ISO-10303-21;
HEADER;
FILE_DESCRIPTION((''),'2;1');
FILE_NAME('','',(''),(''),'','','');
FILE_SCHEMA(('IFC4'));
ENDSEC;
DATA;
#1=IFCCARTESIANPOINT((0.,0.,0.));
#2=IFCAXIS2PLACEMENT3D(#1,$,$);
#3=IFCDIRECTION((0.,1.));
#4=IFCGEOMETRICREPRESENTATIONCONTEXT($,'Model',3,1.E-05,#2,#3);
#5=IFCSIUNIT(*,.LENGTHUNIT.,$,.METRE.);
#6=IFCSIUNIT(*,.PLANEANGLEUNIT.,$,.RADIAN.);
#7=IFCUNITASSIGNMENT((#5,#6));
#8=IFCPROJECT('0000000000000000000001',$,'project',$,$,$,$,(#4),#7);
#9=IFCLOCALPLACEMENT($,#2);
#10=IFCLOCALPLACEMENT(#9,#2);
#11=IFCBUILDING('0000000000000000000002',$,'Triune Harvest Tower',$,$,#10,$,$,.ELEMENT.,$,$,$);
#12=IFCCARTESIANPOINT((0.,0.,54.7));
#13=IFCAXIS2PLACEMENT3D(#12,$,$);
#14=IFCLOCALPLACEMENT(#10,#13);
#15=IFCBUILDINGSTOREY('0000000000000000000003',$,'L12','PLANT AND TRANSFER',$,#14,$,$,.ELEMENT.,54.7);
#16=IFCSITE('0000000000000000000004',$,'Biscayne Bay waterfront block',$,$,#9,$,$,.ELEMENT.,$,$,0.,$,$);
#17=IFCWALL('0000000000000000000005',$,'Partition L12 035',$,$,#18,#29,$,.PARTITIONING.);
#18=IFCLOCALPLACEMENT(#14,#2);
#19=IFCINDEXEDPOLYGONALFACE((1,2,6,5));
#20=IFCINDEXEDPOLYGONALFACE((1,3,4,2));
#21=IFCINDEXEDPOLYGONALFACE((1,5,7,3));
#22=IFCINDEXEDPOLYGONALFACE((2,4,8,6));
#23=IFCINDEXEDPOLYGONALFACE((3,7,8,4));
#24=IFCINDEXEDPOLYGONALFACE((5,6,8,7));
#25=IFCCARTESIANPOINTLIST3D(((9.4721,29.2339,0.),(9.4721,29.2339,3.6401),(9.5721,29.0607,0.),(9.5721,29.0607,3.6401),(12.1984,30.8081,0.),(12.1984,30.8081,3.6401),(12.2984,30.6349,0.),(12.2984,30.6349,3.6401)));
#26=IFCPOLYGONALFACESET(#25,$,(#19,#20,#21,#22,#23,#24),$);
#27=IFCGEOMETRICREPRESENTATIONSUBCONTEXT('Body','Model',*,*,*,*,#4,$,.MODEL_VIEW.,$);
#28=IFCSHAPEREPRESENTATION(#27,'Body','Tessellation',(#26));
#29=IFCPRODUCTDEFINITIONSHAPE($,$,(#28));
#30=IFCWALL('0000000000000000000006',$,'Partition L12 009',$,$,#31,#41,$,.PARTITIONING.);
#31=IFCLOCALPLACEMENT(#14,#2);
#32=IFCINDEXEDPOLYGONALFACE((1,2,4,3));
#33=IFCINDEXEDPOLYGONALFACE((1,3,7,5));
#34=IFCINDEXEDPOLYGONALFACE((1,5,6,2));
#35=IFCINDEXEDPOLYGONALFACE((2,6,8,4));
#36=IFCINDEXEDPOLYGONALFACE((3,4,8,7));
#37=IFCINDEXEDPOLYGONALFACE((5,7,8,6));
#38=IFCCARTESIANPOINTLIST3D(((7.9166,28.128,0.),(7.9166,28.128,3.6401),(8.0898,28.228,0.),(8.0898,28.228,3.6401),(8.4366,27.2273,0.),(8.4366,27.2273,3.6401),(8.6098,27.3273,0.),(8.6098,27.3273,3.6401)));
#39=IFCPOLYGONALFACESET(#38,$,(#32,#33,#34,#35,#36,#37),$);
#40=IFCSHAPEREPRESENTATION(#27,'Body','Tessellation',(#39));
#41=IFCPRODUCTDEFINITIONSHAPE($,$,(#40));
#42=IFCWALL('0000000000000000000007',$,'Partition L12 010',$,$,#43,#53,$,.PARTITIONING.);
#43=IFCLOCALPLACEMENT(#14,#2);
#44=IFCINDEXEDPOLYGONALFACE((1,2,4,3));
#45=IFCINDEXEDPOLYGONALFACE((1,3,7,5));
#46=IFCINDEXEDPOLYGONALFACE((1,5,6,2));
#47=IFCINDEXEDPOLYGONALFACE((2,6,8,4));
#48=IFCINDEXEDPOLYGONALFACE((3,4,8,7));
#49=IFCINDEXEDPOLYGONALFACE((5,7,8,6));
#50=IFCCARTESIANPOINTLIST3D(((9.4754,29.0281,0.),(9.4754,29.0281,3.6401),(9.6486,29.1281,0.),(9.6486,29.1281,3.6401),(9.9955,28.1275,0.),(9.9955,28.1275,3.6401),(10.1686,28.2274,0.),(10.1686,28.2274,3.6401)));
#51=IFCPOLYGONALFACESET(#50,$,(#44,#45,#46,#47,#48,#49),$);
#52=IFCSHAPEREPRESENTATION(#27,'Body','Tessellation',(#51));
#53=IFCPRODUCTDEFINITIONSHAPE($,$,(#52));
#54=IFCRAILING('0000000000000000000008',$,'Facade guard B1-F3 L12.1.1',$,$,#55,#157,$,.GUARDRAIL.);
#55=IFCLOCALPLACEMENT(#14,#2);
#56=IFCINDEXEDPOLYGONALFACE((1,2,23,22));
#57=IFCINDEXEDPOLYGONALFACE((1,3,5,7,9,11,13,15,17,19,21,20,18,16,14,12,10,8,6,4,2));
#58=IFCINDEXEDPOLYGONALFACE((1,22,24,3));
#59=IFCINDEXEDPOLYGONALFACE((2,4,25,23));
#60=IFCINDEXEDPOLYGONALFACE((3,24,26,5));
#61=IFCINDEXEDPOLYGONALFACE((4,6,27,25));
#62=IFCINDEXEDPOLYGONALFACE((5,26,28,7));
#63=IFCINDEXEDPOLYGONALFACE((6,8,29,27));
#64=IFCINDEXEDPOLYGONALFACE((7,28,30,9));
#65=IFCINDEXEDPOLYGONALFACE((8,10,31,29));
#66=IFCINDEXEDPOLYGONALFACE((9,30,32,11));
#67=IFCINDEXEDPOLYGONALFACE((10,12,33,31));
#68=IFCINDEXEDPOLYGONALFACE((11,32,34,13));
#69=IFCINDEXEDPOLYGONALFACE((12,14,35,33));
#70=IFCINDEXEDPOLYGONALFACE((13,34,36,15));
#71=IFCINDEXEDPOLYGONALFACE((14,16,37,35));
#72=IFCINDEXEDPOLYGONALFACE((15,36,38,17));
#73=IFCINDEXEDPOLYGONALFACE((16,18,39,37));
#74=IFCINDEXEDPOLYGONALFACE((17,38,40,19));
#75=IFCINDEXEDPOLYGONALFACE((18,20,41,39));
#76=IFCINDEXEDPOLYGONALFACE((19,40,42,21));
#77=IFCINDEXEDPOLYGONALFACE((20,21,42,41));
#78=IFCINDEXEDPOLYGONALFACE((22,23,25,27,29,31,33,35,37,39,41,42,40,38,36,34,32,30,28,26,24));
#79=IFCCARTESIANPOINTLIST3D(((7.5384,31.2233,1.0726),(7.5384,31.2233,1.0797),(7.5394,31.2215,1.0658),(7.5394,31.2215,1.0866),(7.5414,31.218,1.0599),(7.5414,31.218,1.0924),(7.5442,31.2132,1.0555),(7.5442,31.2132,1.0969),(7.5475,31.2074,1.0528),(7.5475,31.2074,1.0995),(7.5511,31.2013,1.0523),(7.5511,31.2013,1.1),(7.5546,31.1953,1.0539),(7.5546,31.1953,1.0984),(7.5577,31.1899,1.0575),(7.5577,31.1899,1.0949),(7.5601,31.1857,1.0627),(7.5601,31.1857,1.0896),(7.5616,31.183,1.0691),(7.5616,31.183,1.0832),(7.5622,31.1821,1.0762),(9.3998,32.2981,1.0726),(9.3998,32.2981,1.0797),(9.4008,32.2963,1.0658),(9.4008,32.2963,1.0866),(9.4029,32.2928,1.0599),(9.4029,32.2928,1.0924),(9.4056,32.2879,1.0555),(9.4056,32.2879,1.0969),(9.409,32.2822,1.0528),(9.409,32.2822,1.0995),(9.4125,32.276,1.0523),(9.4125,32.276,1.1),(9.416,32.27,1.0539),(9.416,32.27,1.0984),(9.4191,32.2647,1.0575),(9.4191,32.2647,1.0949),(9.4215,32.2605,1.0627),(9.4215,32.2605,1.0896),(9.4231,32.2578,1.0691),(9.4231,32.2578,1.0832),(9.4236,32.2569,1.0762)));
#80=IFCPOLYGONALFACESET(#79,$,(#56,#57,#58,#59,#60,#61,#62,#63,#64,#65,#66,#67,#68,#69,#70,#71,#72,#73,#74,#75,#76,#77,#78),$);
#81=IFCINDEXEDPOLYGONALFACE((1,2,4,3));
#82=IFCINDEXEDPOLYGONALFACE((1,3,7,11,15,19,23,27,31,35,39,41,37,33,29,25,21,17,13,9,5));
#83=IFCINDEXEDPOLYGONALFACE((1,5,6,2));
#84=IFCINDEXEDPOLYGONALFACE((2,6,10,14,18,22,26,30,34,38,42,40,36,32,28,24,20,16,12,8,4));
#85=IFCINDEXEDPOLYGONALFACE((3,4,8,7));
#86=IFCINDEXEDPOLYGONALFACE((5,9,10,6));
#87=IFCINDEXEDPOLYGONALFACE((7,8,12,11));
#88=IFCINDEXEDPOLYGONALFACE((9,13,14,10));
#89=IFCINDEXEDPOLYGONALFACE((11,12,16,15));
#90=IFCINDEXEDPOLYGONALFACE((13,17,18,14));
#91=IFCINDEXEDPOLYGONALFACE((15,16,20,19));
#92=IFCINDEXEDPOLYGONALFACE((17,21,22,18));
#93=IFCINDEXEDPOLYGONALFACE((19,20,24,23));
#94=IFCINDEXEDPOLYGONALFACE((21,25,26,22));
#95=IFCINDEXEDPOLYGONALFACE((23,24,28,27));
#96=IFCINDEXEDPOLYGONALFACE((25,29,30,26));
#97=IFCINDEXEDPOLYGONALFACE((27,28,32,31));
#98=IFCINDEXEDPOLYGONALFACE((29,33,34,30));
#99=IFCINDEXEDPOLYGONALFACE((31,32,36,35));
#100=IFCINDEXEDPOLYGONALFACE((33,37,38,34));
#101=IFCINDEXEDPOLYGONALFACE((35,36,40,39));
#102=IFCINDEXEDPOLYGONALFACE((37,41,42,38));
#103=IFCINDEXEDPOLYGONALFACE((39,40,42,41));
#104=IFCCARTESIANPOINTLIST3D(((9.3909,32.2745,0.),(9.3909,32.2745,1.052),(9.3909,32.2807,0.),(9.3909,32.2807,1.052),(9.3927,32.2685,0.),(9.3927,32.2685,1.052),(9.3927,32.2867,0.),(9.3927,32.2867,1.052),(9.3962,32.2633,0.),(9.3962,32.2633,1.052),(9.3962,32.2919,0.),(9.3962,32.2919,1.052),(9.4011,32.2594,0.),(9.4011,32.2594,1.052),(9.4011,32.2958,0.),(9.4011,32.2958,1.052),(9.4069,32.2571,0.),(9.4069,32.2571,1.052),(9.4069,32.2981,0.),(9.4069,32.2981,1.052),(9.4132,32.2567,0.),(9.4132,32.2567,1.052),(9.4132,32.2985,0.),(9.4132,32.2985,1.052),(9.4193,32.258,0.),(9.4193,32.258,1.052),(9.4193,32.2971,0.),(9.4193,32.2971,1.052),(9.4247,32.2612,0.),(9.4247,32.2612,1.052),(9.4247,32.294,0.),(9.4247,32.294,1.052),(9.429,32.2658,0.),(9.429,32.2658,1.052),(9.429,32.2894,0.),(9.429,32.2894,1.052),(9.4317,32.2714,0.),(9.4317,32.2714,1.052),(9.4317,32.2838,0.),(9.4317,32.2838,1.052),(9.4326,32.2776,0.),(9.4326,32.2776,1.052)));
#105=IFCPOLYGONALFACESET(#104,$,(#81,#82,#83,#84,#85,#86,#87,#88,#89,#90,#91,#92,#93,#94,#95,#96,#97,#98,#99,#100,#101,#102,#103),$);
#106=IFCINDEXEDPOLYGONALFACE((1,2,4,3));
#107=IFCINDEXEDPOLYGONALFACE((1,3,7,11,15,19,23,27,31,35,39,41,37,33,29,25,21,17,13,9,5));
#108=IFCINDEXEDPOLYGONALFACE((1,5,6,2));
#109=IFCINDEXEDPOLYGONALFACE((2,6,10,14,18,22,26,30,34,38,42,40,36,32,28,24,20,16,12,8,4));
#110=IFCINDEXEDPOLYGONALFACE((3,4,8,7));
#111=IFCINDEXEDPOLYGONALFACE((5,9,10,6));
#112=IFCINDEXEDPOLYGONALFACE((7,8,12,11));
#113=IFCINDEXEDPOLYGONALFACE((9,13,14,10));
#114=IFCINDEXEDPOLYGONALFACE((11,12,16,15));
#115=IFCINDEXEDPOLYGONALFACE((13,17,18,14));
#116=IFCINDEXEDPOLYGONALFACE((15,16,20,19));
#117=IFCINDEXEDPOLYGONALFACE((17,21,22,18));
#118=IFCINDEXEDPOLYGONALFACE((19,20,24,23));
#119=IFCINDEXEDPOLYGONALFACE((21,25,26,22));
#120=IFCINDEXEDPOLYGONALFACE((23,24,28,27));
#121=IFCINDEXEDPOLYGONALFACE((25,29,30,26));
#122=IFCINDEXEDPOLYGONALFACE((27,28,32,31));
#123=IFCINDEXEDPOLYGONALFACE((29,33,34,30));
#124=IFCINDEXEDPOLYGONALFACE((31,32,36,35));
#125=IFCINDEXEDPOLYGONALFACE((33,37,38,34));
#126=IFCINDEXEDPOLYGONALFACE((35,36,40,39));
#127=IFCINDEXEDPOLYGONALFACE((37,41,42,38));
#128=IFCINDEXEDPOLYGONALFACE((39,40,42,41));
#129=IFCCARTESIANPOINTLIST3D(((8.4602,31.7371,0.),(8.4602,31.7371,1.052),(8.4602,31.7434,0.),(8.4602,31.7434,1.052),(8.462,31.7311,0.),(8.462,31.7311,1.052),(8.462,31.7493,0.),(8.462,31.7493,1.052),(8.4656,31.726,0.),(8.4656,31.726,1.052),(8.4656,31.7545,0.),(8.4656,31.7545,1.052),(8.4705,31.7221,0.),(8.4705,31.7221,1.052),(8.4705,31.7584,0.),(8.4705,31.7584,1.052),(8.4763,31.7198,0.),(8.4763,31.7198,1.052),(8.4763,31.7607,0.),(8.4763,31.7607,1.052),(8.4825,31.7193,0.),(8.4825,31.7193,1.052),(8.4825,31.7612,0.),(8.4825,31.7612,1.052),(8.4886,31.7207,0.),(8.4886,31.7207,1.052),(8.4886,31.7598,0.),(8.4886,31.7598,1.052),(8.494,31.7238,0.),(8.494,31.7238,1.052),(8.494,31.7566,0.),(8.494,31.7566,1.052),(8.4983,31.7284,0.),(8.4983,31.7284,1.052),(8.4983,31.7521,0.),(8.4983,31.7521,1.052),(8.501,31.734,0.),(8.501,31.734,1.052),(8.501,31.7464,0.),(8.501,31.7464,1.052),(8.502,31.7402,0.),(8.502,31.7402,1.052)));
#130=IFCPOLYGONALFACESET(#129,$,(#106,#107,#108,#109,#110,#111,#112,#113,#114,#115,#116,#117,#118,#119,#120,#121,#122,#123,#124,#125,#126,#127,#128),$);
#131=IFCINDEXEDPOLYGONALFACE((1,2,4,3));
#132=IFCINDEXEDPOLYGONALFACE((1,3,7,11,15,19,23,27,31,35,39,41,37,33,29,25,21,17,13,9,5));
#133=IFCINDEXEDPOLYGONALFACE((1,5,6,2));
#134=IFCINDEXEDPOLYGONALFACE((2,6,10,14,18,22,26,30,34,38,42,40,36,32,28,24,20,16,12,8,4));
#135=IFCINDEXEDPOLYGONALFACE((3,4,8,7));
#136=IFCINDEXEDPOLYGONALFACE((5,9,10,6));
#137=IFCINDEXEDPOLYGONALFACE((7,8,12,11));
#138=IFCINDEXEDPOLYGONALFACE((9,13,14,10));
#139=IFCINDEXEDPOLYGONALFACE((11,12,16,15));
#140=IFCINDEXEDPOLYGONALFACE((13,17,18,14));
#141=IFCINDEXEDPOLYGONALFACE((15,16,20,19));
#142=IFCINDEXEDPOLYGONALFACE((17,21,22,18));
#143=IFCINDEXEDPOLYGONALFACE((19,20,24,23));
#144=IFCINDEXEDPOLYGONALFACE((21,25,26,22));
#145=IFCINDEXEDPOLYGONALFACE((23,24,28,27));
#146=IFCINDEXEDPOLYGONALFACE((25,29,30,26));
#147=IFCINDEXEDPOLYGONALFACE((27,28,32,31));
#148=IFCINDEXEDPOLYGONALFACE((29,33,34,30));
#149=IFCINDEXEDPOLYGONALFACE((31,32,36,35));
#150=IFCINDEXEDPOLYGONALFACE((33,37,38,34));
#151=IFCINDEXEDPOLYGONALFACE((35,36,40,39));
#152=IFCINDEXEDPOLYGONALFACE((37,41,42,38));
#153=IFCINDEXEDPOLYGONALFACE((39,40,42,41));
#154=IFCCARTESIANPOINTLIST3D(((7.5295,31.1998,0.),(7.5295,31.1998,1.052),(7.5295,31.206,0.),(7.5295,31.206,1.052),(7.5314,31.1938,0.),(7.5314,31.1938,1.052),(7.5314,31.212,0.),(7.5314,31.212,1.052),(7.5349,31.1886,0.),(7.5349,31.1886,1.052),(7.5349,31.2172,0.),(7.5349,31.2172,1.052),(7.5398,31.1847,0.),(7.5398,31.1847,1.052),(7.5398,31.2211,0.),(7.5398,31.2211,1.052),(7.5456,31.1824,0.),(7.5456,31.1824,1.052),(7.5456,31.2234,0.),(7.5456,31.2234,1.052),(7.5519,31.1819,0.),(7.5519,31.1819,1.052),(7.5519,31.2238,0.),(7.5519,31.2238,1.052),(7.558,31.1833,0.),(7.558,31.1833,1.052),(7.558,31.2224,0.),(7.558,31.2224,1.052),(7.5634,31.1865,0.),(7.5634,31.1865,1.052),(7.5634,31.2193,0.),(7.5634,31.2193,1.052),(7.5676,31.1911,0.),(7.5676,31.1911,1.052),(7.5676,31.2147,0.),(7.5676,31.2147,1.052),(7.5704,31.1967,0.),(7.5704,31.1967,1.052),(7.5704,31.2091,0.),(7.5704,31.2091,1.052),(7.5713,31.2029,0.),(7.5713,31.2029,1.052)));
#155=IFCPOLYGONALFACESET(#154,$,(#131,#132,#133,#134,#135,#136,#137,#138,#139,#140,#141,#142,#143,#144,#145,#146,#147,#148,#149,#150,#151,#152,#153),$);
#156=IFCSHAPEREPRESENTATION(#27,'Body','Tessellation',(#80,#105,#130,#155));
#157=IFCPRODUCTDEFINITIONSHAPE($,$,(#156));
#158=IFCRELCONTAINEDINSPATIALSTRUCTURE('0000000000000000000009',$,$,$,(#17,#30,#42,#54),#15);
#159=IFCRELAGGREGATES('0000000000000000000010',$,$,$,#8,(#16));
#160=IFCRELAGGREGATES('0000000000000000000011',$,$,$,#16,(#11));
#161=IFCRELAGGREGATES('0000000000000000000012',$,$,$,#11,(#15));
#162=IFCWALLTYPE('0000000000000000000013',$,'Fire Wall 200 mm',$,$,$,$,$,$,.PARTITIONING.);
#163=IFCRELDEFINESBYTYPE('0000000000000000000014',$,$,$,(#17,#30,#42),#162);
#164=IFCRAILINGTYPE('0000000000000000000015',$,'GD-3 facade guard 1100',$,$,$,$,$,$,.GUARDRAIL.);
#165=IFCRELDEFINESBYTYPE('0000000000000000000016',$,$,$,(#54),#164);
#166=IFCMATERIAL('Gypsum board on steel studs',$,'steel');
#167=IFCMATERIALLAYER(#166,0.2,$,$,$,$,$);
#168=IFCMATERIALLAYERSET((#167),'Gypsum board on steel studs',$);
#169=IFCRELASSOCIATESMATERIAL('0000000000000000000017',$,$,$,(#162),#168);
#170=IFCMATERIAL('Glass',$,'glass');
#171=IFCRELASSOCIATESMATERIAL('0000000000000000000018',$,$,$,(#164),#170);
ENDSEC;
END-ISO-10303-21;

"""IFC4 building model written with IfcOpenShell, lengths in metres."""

from ifc_helpers import new_model, si_unit, direction, frame, frame_2d, origin, origin_2d, place, context, subcontext, project, spatial, rectangle, circle, extrude, source, transform, mapped, material, layer, layer_set, type_object, element, save


model = new_model("IFC4")

# Units and contexts
model_context = context("Model", 3, precision=1e-05, world=origin(), true_north=direction((0.0, 1.0)))
body_context = subcontext(model_context, "Body", "Model", "MODEL_VIEW")
ifc_project = project(units=[si_unit("LENGTHUNIT", "METRE"), si_unit("PLANEANGLEUNIT", "RADIAN")], contexts=[model_context])

# Site, building, storey
site_placement = place(None, origin())
site = spatial("IfcSite", under=ifc_project, at=site_placement, Name="Biscayne Bay waterfront block", CompositionType="ELEMENT", RefElevation=0.0)
building_placement = place(site_placement, origin())
building = spatial("IfcBuilding", under=site, at=building_placement, Name="Triune Harvest Tower", CompositionType="ELEMENT")
storey_placement = place(building_placement, frame((0.0, 0.0, 54.7)))
storey = spatial("IfcBuildingStorey", under=building, at=storey_placement, Name="L12", Description="PLANT AND TRANSFER", CompositionType="ELEMENT", Elevation=54.7)

# Walls
ifc_material_1 = material(Name="Gypsum board on steel studs", Category="steel")
ifc_layer_1 = layer(ifc_material_1, 0.2)
ifc_layer_set_1 = layer_set([ifc_layer_1], Name="Gypsum board on steel studs")
wall_type = type_object("IfcWallType", Name="Fire Wall 200 mm", PredefinedType="PARTITIONING", material=ifc_layer_set_1)
wall_placement = place(storey_placement, frame((9.522, 29.1472, 0.0), z_axis=(0.0, 0.0, 1.0), x_axis=(0.866001, 0.500042, 0.0)))
element("IfcWall", 1, at=wall_placement, inside=storey, type_object=wall_type, Name="Partition L12 035", PredefinedType="PARTITIONING", context=body_context, shape_type="SweptSolid", body=[
    extrude(rectangle(XDim=3.1482, YDim=0.2, at=frame_2d((1.5742, 0.0))), origin(), (0.0, 0.0, 1.0), 3.6401),
])
shared_shape_1 = source(origin(), body_context, "Body", "SweptSolid", [
    extrude(rectangle(XDim=1.04, YDim=0.2, at=frame_2d((0.52, 0.0))), origin(), (0.0, 0.0, 1.0), 3.6401),
])
for number, where, z_axis, x_axis, name in (
    (2, (8.0032, 28.178, 0.0), (0.0, 0.0, 1.0), (0.500027, -0.86601, 0.0), "Partition L12 009"),
    (3, (9.562, 29.0781, 0.0), (0.0, 0.0, 1.0), (0.500027, -0.86601, 0.0), "Partition L12 010"),
):
    element("IfcWall", number, at=place(storey_placement, frame(where, z_axis=z_axis, x_axis=x_axis)), inside=storey, type_object=wall_type, Name=name, PredefinedType="PARTITIONING", context=body_context, shape_type="MappedRepresentation", body=[
        mapped(shared_shape_1, transform((0.0, 0.0, 0.0), scale=1.0)),
    ])

# Railing
ifc_material_2 = material(Name="Glass", Category="glass")
railing_type = type_object("IfcRailingType", Name="GD-3 facade guard 1100", PredefinedType="GUARDRAIL", material=ifc_material_2)
railing_1_placement = place(storey_placement, frame((9.4116, 32.2776, 0.0)))
element("IfcRailing", 4, at=railing_1_placement, inside=storey, type_object=railing_type, Name="Facade guard B1-F3 L12.1.1", PredefinedType="GUARDRAIL", context=body_context, shape_type="SweptSolid", body=[
    extrude(circle(Radius=0.0239, at=origin_2d()), frame((0.0, 0.0, 1.0762), z_axis=(-0.866012, -0.500024, 0.0), x_axis=(0.500024, -0.866012, 0.0)), (0.0, 0.0, 1.0), 2.1494),
    extrude(circle(Radius=0.021, at=origin_2d()), origin(), (0.0, 0.0, 1.0), 1.052),
    extrude(circle(Radius=0.021, at=origin_2d()), frame((-0.9307, -0.5374, 0.0)), (0.0, 0.0, 1.0), 1.052),
    extrude(circle(Radius=0.021, at=origin_2d()), frame((-1.8613, -1.0747, 0.0)), (0.0, 0.0, 1.0), 1.052),
])

save(model, "model.ifc")
